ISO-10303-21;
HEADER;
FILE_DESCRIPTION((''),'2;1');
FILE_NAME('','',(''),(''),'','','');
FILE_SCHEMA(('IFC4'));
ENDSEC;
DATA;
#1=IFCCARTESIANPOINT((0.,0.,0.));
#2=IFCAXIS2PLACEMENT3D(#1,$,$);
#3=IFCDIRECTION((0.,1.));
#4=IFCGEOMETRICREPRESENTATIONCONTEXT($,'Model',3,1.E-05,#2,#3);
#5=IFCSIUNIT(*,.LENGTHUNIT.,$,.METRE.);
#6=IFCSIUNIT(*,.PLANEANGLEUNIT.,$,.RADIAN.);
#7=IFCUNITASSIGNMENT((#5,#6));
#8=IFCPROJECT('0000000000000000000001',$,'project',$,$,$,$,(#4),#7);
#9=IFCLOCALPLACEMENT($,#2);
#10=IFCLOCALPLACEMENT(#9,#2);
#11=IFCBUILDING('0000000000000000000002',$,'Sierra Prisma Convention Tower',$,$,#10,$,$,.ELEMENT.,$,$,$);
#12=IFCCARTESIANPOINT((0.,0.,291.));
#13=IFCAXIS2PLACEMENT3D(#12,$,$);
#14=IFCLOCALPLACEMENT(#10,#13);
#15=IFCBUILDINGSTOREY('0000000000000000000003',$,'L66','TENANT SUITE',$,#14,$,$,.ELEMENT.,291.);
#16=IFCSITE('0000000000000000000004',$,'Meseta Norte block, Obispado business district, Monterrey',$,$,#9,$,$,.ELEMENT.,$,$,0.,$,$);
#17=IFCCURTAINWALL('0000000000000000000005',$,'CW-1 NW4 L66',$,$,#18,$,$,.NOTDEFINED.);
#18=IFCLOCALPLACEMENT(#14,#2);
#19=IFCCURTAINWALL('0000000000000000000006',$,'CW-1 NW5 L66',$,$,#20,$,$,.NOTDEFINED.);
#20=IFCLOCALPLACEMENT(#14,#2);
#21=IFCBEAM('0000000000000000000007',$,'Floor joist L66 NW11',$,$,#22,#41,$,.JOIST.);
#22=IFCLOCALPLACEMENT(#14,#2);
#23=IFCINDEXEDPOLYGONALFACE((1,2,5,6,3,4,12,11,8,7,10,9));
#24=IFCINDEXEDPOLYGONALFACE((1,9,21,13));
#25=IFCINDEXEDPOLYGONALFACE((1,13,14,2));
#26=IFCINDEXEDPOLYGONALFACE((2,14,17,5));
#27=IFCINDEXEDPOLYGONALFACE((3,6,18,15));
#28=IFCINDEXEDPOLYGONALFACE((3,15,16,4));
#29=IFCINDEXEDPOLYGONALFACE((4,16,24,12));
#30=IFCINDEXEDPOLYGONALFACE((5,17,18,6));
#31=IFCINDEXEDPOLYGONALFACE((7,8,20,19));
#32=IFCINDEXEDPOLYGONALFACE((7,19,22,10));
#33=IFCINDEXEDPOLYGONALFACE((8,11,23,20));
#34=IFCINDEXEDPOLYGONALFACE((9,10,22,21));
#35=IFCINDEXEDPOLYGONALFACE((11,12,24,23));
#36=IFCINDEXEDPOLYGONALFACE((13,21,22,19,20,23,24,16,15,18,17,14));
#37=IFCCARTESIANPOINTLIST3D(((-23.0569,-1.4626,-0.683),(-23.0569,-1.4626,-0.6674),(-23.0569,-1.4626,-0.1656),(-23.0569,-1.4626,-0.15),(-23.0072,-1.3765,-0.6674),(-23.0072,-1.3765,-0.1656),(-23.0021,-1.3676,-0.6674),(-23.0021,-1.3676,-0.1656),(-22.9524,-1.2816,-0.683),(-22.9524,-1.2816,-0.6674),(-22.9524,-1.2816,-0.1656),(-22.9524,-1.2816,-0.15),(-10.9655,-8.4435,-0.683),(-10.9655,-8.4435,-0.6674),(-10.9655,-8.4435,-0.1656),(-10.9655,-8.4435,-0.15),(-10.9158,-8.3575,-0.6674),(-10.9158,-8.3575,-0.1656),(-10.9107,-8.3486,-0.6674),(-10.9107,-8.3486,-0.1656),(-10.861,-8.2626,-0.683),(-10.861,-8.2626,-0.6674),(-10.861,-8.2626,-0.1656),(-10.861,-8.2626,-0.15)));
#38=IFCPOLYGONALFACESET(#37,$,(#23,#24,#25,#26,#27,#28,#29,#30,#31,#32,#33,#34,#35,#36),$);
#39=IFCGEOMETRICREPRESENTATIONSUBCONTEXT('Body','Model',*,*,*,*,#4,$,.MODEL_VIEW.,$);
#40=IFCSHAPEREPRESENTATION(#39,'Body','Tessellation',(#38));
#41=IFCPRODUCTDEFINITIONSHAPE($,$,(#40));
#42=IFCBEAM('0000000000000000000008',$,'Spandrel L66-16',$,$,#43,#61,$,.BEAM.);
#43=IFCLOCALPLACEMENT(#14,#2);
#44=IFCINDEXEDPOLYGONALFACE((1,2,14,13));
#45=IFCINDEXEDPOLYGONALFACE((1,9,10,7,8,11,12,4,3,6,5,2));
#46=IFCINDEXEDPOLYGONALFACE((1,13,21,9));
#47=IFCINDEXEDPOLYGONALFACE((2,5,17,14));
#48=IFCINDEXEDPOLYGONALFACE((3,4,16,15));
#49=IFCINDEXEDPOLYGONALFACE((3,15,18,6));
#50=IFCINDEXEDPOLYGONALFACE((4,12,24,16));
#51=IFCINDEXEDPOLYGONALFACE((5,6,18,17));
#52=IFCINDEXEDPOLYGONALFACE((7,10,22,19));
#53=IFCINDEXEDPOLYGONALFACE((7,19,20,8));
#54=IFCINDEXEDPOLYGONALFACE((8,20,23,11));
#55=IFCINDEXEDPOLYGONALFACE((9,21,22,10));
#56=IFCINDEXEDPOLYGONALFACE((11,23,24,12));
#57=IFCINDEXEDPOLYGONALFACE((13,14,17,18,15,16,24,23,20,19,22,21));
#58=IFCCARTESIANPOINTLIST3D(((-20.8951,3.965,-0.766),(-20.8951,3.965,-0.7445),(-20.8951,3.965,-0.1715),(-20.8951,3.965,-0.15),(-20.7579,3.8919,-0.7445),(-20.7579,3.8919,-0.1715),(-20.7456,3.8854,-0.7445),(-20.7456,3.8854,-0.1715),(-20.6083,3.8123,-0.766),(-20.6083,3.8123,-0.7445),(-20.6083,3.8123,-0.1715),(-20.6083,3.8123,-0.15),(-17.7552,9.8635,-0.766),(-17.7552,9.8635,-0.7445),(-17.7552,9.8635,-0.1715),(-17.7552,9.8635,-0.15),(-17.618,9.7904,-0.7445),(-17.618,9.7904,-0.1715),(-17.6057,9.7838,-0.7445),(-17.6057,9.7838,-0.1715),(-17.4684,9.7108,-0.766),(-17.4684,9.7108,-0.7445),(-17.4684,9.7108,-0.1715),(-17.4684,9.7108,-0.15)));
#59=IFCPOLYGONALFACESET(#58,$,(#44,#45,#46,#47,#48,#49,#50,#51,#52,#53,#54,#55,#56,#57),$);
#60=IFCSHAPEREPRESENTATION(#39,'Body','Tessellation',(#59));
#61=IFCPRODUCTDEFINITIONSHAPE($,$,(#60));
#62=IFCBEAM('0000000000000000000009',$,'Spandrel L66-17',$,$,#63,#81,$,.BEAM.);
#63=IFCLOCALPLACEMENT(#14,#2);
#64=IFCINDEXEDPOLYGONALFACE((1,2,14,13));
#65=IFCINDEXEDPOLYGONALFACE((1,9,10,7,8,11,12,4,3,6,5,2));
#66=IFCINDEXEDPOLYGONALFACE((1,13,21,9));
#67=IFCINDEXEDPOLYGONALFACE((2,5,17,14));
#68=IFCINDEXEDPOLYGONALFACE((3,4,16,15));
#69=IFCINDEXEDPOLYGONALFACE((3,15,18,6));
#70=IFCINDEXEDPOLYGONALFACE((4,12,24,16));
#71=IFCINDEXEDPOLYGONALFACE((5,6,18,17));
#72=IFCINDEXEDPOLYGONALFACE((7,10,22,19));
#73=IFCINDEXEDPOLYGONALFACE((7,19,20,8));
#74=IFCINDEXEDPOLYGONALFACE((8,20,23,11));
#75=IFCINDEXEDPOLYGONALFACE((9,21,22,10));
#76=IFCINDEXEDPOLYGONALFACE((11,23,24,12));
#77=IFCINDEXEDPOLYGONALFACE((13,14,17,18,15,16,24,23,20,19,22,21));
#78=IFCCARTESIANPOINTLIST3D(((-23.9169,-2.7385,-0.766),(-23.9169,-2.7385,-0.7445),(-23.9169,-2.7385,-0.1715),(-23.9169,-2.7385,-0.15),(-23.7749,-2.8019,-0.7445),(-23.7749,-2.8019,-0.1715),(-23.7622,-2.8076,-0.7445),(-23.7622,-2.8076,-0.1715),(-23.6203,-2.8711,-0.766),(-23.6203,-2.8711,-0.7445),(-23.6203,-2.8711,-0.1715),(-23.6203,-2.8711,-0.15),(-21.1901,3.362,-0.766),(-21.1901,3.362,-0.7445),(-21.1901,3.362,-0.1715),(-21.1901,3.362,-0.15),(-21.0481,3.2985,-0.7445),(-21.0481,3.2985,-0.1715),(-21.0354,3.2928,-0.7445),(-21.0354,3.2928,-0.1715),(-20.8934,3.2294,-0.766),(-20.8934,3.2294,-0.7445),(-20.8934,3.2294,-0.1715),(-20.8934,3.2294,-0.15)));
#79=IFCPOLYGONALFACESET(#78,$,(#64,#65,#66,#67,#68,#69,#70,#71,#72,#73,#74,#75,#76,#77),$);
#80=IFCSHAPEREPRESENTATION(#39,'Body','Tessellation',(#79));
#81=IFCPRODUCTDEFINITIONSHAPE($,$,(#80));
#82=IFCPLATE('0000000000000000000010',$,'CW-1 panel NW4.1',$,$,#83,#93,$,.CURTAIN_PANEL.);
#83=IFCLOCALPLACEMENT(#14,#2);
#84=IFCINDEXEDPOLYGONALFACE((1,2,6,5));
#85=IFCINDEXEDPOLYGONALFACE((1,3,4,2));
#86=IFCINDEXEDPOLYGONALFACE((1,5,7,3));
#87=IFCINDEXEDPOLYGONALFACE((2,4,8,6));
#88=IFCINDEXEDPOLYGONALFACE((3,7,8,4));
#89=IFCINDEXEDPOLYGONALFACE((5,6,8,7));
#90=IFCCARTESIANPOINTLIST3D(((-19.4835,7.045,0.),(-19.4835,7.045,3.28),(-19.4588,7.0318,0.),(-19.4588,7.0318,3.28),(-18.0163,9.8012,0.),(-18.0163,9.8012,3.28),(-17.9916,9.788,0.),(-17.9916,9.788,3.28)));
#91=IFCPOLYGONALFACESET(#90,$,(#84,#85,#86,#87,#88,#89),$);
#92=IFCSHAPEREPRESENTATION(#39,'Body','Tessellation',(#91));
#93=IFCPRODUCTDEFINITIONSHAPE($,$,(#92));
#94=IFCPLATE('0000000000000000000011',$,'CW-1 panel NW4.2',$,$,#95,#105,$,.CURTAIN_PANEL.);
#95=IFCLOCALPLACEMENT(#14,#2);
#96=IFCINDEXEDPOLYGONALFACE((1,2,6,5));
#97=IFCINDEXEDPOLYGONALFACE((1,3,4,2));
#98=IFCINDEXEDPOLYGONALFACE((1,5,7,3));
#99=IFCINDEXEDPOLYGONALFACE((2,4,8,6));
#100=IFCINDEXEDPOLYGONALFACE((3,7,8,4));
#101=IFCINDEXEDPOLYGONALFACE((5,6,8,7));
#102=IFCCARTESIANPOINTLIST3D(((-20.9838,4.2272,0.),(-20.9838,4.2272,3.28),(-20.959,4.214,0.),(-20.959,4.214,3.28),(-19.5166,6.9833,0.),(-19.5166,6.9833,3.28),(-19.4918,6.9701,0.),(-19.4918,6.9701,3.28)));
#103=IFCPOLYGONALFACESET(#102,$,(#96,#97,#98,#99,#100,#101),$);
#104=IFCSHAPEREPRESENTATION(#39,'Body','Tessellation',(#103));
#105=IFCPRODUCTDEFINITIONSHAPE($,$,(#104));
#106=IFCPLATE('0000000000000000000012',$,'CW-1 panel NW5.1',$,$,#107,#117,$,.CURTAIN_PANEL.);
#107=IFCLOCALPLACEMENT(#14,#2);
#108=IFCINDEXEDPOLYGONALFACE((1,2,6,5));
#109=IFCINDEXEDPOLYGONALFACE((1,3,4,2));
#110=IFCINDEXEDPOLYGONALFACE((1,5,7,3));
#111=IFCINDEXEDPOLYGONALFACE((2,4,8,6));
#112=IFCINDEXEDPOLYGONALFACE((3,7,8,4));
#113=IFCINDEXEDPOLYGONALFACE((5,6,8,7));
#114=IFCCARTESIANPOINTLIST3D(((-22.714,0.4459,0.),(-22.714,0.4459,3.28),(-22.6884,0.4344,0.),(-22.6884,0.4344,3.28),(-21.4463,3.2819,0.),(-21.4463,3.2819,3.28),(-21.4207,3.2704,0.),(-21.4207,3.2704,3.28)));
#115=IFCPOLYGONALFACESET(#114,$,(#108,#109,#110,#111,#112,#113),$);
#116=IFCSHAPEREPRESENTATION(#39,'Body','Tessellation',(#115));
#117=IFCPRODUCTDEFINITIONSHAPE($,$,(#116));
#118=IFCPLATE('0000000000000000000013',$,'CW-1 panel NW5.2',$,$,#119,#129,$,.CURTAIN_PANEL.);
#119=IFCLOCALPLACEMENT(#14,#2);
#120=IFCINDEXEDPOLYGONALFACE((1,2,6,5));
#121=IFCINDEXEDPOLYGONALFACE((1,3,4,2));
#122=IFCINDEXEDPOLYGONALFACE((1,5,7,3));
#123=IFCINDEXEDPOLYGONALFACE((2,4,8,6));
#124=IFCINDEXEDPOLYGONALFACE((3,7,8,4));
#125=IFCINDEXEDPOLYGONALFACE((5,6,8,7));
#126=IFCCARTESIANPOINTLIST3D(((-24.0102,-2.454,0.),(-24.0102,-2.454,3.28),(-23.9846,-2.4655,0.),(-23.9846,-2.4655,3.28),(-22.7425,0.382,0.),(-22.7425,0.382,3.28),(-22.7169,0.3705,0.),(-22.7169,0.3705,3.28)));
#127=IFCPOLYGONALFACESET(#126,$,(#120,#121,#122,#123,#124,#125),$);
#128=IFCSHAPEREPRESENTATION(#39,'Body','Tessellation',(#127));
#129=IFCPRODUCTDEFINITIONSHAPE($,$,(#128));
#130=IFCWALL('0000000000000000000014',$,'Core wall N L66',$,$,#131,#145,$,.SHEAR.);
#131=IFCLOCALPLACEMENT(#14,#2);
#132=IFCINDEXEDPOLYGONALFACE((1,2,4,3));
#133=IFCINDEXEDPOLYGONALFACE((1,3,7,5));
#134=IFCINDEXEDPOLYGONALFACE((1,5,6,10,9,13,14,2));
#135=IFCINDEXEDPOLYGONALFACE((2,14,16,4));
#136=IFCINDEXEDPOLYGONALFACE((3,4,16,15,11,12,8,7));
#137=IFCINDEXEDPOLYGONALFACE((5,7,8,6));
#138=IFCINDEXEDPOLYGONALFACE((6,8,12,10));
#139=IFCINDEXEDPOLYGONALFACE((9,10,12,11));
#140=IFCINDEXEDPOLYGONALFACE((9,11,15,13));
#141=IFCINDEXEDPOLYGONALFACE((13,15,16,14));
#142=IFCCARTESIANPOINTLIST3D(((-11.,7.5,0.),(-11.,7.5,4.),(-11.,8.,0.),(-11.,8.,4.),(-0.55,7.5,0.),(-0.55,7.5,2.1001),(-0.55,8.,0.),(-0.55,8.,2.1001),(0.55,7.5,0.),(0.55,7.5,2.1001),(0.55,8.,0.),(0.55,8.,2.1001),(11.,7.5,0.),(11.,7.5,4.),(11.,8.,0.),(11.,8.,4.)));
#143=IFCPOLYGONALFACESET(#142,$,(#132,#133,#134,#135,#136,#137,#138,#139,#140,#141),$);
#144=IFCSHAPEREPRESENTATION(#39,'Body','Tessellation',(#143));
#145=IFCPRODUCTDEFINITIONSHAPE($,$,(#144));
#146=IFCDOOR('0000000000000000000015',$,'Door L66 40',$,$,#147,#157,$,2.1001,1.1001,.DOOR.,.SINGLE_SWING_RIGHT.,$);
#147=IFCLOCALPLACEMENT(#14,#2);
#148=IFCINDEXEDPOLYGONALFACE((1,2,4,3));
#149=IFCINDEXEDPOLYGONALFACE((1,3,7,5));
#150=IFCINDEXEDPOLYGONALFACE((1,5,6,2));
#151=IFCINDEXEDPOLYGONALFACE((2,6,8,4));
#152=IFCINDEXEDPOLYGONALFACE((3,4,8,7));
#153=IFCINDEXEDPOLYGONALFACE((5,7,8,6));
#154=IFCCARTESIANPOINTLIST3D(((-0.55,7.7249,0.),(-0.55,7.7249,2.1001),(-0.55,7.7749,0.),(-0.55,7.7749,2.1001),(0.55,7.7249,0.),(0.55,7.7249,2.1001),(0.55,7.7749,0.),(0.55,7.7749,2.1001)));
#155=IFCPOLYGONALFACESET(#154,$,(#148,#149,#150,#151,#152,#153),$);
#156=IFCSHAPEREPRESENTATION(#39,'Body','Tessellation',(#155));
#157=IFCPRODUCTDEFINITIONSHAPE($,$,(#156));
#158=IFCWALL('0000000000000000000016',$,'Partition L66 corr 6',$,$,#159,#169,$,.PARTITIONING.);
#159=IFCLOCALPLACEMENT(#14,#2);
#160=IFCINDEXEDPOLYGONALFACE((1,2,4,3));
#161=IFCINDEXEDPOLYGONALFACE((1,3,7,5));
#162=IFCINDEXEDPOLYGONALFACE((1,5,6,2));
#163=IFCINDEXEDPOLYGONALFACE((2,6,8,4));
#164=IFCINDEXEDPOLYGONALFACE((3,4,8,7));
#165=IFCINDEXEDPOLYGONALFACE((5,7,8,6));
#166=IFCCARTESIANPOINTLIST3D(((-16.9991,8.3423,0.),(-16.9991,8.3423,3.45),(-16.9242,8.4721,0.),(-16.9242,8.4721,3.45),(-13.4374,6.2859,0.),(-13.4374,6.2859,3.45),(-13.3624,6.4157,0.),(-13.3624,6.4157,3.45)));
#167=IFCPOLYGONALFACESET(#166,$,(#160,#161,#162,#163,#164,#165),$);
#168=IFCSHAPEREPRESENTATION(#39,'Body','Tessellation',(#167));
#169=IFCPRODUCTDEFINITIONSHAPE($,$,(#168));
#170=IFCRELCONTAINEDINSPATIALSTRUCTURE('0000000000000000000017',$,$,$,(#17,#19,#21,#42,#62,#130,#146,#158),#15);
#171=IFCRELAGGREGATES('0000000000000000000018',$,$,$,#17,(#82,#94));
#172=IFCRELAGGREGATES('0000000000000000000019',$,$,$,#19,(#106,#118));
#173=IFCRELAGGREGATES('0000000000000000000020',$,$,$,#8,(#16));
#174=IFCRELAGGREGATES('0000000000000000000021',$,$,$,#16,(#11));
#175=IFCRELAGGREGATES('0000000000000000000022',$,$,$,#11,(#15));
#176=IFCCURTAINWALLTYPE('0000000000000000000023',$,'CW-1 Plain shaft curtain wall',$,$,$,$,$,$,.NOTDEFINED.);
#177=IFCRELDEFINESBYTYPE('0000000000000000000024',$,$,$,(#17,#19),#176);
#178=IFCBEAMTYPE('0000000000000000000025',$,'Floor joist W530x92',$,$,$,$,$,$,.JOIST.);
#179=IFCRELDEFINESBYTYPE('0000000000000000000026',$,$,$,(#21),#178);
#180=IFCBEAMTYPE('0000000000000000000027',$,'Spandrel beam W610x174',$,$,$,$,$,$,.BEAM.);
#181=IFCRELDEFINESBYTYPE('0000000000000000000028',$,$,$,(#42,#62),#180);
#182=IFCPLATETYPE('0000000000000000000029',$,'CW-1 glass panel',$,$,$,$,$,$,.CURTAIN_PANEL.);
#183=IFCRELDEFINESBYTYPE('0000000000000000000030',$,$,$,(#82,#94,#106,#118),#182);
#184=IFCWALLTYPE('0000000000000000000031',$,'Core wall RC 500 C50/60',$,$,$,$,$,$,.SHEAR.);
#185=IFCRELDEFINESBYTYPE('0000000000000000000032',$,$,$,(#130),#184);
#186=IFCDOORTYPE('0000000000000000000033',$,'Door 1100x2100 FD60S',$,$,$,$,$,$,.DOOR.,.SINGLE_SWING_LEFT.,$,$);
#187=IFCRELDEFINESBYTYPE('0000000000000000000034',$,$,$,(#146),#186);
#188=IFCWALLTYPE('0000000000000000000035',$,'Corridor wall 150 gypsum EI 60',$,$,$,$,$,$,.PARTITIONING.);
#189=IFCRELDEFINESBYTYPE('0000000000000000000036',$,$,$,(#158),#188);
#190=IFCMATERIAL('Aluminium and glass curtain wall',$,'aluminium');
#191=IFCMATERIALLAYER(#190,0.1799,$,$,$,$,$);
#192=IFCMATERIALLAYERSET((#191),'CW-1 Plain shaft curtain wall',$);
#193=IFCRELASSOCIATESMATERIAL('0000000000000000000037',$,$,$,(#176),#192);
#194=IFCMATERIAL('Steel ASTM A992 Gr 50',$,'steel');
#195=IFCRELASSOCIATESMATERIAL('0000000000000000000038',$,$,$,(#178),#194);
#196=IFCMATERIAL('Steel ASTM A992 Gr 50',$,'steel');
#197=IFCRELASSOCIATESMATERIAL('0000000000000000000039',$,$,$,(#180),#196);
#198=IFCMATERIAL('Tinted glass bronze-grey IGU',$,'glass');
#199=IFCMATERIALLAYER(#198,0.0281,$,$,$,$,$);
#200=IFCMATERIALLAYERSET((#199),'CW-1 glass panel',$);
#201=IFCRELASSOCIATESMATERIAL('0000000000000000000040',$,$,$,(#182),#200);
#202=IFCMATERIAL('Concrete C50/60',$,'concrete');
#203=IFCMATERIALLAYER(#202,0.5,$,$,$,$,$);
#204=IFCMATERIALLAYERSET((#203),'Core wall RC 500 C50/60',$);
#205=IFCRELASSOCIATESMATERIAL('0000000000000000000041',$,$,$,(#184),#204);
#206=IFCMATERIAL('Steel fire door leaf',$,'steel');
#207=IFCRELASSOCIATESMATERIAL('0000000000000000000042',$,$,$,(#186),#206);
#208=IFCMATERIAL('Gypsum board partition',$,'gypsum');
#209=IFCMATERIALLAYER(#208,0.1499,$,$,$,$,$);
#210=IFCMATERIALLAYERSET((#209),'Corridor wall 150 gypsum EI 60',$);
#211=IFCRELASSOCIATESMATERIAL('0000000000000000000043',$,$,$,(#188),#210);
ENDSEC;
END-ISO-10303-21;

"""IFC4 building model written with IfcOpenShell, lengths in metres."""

from ifc_helpers import new_model, si_unit, direction, frame, frame_2d, origin, origin_2d, place, context, subcontext, project, spatial, rectangle, i_section, extrude, material, layer, layer_set, material_profile, profile_set, type_object, element, fill, aggregate, save


model = new_model("IFC4")

# Units and contexts
model_context = context("Model", 3, precision=1e-05, world=origin(), true_north=direction((0.0, 1.0)))
body_context = subcontext(model_context, "Body", "Model", "MODEL_VIEW")
ifc_project = project(units=[si_unit("LENGTHUNIT", "METRE"), si_unit("PLANEANGLEUNIT", "RADIAN")], contexts=[model_context])

# Site, building, storey
site_placement = place(None, origin())
site = spatial("IfcSite", under=ifc_project, at=site_placement, Name="Meseta Norte block, Obispado business district, Monterrey", CompositionType="ELEMENT", RefElevation=0.0)
building_placement = place(site_placement, origin())
building = spatial("IfcBuilding", under=site, at=building_placement, Name="Sierra Prisma Convention Tower", CompositionType="ELEMENT")
storey_placement = place(building_placement, frame((0.0, 0.0, 291.0)))
storey = spatial("IfcBuildingStorey", under=building, at=storey_placement, Name="L66", Description="TENANT SUITE", CompositionType="ELEMENT", Elevation=291.0)

# Curtain wall
ifc_material_1 = material(Name="Aluminium and glass curtain wall", Category="aluminium")
ifc_layer_1 = layer(ifc_material_1, 0.1799)
ifc_layer_set_1 = layer_set([ifc_layer_1], Name="CW-1 Plain shaft curtain wall")
curtain_wall_type = type_object("IfcCurtainWallType", Name="CW-1 Plain shaft curtain wall", PredefinedType="NOTDEFINED", material=ifc_layer_set_1)
curtain_wall_1_placement = place(storey_placement, origin())
curtain_wall_1 = element("IfcCurtainWall", 1, at=curtain_wall_1_placement, inside=storey, type_object=curtain_wall_type, Name="CW-1 NW4 L66", PredefinedType="NOTDEFINED")

# Curtain wall
curtain_wall_2_placement = place(storey_placement, origin())
curtain_wall_2 = element("IfcCurtainWall", 2, at=curtain_wall_2_placement, inside=storey, type_object=curtain_wall_type, Name="CW-1 NW5 L66", PredefinedType="NOTDEFINED")

# Beams
ifc_material_2 = material(Name="Steel ASTM A992 Gr 50", Category="steel")
ifc_material_profile_1 = material_profile(ifc_material_2, i_section(OverallWidth=0.209, OverallDepth=0.533, WebThickness=0.0103, FlangeThickness=0.0156, at=origin_2d()), Name="W530x92")
ifc_profile_set_1 = profile_set([ifc_material_profile_1], Name="Steel ASTM A992 Gr 50")
beam_type_1 = type_object("IfcBeamType", Name="Floor joist W530x92", PredefinedType="JOIST", material=ifc_profile_set_1)
beam_1_placement = place(storey_placement, frame((-23.0046, -1.3721, -0.4165), z_axis=(0.866024, -0.500002, 0.0), x_axis=(0.500002, 0.866024, 0.0)))
element("IfcBeam", 3, at=beam_1_placement, inside=storey, type_object=beam_type_1, Name="Floor joist L66 NW11", PredefinedType="JOIST", context=body_context, shape_type="SweptSolid", body=[
    extrude(i_section(OverallWidth=0.209, OverallDepth=0.533, WebThickness=0.0103, FlangeThickness=0.0156, at=origin_2d()), origin(), (0.0, 0.0, 1.0), 13.9619),
])
ifc_material_3 = material(Name="Steel ASTM A992 Gr 50", Category="steel")
ifc_material_profile_2 = material_profile(ifc_material_3, i_section(OverallWidth=0.325, OverallDepth=0.616, WebThickness=0.0139, FlangeThickness=0.0215, at=origin_2d()), Name="W610x174")
ifc_profile_set_2 = profile_set([ifc_material_profile_2], Name="Steel ASTM A992 Gr 50")
beam_type_2 = type_object("IfcBeamType", Name="Spandrel beam W610x174", PredefinedType="BEAM", material=ifc_profile_set_2)
for number, where, z_axis, x_axis, name in (
    (4, (-17.6118, 9.7871, -0.458), (-0.469896, -0.882722, 0.0), (0.882722, -0.469896, 0.0), "Spandrel L66-16"),
    (5, (-21.0417, 3.2957, -0.458), (-0.40808, -0.912946, 0.0), (0.912946, -0.40808, 0.0), "Spandrel L66-17"),
):
    element("IfcBeam", number, at=place(storey_placement, frame(where, z_axis=z_axis, x_axis=x_axis)), inside=storey, type_object=beam_type_2, Name=name, PredefinedType="BEAM", context=body_context, shape_type="SweptSolid", body=[
        extrude(i_section(OverallWidth=0.325, OverallDepth=0.616, WebThickness=0.0139, FlangeThickness=0.0215, at=origin_2d()), origin(), (0.0, 0.0, 1.0), 6.6821),
    ])

# Plates
ifc_material_4 = material(Name="Tinted glass bronze-grey IGU", Category="glass")
ifc_layer_2 = layer(ifc_material_4, 0.0281)
ifc_layer_set_2 = layer_set([ifc_layer_2], Name="CW-1 glass panel")
plate_type = type_object("IfcPlateType", Name="CW-1 glass panel", PredefinedType="CURTAIN_PANEL", material=ifc_layer_set_2)
plate_1_placement = place(storey_placement, frame((-18.7375, 8.4165, 0.0), z_axis=(0.0, 0.0, 1.0), x_axis=(-0.469907, -0.882716, 0.0)))
plate_1 = element("IfcPlate", 6, at=plate_1_placement, type_object=plate_type, Name="CW-1 panel NW4.1", PredefinedType="CURTAIN_PANEL", context=body_context, shape_type="SweptSolid", body=[
    extrude(rectangle(XDim=3.1223, YDim=0.0281, at=origin_2d()), origin(), (0.0, 0.0, 1.0), 3.28),
])
plate_2_placement = place(storey_placement, frame((-20.2378, 5.5986, 0.0), z_axis=(0.0, 0.0, 1.0), x_axis=(-0.469907, -0.882716, 0.0)))
plate_2 = element("IfcPlate", 7, at=plate_2_placement, type_object=plate_type, Name="CW-1 panel NW4.2", PredefinedType="CURTAIN_PANEL", context=body_context, shape_type="SweptSolid", body=[
    extrude(rectangle(XDim=3.1223, YDim=0.0281, at=origin_2d()), origin(), (0.0, 0.0, 1.0), 3.28),
])
aggregate(curtain_wall_1, [plate_1, plate_2])
plate_3_placement = place(storey_placement, frame((-22.0674, 1.8582, 0.0), z_axis=(0.0, 0.0, 1.0), x_axis=(-0.408087, -0.912943, 0.0)))
plate_3 = element("IfcPlate", 8, at=plate_3_placement, type_object=plate_type, Name="CW-1 panel NW5.1", PredefinedType="CURTAIN_PANEL", context=body_context, shape_type="SweptSolid", body=[
    extrude(rectangle(XDim=3.1064, YDim=0.0281, at=origin_2d()), origin(), (0.0, 0.0, 1.0), 3.28),
])
plate_4_placement = place(storey_placement, frame((-23.3635, -1.0417, 0.0), z_axis=(0.0, 0.0, 1.0), x_axis=(-0.408087, -0.912943, 0.0)))
plate_4 = element("IfcPlate", 9, at=plate_4_placement, type_object=plate_type, Name="CW-1 panel NW5.2", PredefinedType="CURTAIN_PANEL", context=body_context, shape_type="SweptSolid", body=[
    extrude(rectangle(XDim=3.1064, YDim=0.0281, at=origin_2d()), origin(), (0.0, 0.0, 1.0), 3.28),
])
aggregate(curtain_wall_2, [plate_3, plate_4])

# Wall, opening, door
ifc_material_5 = material(Name="Concrete C50/60", Category="concrete")
ifc_layer_3 = layer(ifc_material_5, 0.5)
ifc_layer_set_3 = layer_set([ifc_layer_3], Name="Core wall RC 500 C50/60")
wall_type_1 = type_object("IfcWallType", Name="Core wall RC 500 C50/60", PredefinedType="SHEAR", material=ifc_layer_set_3)
wall_1_placement = place(storey_placement, frame((-11.0, 7.75, 0.0), z_axis=(0.0, 0.0, 1.0), x_axis=(1.0, 0.0, 0.0)))
wall_1 = element("IfcWall", 10, at=wall_1_placement, inside=storey, type_object=wall_type_1, Name="Core wall N L66", PredefinedType="SHEAR", context=body_context, shape_type="SweptSolid", body=[
    extrude(rectangle(XDim=22.0, YDim=0.5, at=frame_2d((11.0, 0.0))), origin(), (0.0, 0.0, 1.0), 4.0),
])
opening_1_placement = place(wall_1_placement, frame((10.45, 0.0, 0.0)))
opening_1 = element("IfcOpeningElement", 11, at=opening_1_placement, cuts=wall_1, PredefinedType="OPENING", context=body_context, shape_type="SweptSolid", body=[
    extrude(rectangle(XDim=1.1001, YDim=2.1001, at=frame_2d((0.55, 1.05))), frame((0.0, 0.25, 0.0), z_axis=(0.0, -1.0, 0.0), x_axis=(1.0, 0.0, 0.0)), (0.0, 0.0, 1.0), 0.5),
])
ifc_material_6 = material(Name="Steel fire door leaf", Category="steel")
door_type_1 = type_object("IfcDoorType", Name="Door 1100x2100 FD60S", OperationType="SINGLE_SWING_LEFT", PredefinedType="DOOR", material=ifc_material_6)
door_1_placement = place(opening_1_placement, origin())
door_1 = element("IfcDoor", 12, at=door_1_placement, inside=storey, type_object=door_type_1, Name="Door L66 40", OperationType="SINGLE_SWING_RIGHT", OverallHeight=2.1001, OverallWidth=1.1001, PredefinedType="DOOR", context=body_context, shape_type="SweptSolid", body=[
    extrude(rectangle(XDim=1.1001, YDim=2.1001, at=frame_2d((0.55, 1.05))), frame((0.0, 0.0249, 0.0), z_axis=(0.0, -1.0, 0.0), x_axis=(1.0, 0.0, 0.0)), (0.0, 0.0, 1.0), 0.05),
])
fill(opening_1, door_1)

# Wall
ifc_material_7 = material(Name="Gypsum board partition", Category="gypsum")
ifc_layer_4 = layer(ifc_material_7, 0.1499)
ifc_layer_set_4 = layer_set([ifc_layer_4], Name="Corridor wall 150 gypsum EI 60")
wall_type_2 = type_object("IfcWallType", Name="Corridor wall 150 gypsum EI 60", PredefinedType="PARTITIONING", material=ifc_layer_set_4)
wall_2_placement = place(storey_placement, frame((-16.9617, 8.4072, 0.0), z_axis=(0.0, 0.0, 1.0), x_axis=(0.866024, -0.500002, 0.0)))
element("IfcWall", 13, at=wall_2_placement, inside=storey, type_object=wall_type_2, Name="Partition L66 corr 6", PredefinedType="PARTITIONING", context=body_context, shape_type="SweptSolid", body=[
    extrude(rectangle(XDim=4.1128, YDim=0.1499, at=frame_2d((2.0564, 0.0))), origin(), (0.0, 0.0, 1.0), 3.45),
])

save(model, "model.ifc")
